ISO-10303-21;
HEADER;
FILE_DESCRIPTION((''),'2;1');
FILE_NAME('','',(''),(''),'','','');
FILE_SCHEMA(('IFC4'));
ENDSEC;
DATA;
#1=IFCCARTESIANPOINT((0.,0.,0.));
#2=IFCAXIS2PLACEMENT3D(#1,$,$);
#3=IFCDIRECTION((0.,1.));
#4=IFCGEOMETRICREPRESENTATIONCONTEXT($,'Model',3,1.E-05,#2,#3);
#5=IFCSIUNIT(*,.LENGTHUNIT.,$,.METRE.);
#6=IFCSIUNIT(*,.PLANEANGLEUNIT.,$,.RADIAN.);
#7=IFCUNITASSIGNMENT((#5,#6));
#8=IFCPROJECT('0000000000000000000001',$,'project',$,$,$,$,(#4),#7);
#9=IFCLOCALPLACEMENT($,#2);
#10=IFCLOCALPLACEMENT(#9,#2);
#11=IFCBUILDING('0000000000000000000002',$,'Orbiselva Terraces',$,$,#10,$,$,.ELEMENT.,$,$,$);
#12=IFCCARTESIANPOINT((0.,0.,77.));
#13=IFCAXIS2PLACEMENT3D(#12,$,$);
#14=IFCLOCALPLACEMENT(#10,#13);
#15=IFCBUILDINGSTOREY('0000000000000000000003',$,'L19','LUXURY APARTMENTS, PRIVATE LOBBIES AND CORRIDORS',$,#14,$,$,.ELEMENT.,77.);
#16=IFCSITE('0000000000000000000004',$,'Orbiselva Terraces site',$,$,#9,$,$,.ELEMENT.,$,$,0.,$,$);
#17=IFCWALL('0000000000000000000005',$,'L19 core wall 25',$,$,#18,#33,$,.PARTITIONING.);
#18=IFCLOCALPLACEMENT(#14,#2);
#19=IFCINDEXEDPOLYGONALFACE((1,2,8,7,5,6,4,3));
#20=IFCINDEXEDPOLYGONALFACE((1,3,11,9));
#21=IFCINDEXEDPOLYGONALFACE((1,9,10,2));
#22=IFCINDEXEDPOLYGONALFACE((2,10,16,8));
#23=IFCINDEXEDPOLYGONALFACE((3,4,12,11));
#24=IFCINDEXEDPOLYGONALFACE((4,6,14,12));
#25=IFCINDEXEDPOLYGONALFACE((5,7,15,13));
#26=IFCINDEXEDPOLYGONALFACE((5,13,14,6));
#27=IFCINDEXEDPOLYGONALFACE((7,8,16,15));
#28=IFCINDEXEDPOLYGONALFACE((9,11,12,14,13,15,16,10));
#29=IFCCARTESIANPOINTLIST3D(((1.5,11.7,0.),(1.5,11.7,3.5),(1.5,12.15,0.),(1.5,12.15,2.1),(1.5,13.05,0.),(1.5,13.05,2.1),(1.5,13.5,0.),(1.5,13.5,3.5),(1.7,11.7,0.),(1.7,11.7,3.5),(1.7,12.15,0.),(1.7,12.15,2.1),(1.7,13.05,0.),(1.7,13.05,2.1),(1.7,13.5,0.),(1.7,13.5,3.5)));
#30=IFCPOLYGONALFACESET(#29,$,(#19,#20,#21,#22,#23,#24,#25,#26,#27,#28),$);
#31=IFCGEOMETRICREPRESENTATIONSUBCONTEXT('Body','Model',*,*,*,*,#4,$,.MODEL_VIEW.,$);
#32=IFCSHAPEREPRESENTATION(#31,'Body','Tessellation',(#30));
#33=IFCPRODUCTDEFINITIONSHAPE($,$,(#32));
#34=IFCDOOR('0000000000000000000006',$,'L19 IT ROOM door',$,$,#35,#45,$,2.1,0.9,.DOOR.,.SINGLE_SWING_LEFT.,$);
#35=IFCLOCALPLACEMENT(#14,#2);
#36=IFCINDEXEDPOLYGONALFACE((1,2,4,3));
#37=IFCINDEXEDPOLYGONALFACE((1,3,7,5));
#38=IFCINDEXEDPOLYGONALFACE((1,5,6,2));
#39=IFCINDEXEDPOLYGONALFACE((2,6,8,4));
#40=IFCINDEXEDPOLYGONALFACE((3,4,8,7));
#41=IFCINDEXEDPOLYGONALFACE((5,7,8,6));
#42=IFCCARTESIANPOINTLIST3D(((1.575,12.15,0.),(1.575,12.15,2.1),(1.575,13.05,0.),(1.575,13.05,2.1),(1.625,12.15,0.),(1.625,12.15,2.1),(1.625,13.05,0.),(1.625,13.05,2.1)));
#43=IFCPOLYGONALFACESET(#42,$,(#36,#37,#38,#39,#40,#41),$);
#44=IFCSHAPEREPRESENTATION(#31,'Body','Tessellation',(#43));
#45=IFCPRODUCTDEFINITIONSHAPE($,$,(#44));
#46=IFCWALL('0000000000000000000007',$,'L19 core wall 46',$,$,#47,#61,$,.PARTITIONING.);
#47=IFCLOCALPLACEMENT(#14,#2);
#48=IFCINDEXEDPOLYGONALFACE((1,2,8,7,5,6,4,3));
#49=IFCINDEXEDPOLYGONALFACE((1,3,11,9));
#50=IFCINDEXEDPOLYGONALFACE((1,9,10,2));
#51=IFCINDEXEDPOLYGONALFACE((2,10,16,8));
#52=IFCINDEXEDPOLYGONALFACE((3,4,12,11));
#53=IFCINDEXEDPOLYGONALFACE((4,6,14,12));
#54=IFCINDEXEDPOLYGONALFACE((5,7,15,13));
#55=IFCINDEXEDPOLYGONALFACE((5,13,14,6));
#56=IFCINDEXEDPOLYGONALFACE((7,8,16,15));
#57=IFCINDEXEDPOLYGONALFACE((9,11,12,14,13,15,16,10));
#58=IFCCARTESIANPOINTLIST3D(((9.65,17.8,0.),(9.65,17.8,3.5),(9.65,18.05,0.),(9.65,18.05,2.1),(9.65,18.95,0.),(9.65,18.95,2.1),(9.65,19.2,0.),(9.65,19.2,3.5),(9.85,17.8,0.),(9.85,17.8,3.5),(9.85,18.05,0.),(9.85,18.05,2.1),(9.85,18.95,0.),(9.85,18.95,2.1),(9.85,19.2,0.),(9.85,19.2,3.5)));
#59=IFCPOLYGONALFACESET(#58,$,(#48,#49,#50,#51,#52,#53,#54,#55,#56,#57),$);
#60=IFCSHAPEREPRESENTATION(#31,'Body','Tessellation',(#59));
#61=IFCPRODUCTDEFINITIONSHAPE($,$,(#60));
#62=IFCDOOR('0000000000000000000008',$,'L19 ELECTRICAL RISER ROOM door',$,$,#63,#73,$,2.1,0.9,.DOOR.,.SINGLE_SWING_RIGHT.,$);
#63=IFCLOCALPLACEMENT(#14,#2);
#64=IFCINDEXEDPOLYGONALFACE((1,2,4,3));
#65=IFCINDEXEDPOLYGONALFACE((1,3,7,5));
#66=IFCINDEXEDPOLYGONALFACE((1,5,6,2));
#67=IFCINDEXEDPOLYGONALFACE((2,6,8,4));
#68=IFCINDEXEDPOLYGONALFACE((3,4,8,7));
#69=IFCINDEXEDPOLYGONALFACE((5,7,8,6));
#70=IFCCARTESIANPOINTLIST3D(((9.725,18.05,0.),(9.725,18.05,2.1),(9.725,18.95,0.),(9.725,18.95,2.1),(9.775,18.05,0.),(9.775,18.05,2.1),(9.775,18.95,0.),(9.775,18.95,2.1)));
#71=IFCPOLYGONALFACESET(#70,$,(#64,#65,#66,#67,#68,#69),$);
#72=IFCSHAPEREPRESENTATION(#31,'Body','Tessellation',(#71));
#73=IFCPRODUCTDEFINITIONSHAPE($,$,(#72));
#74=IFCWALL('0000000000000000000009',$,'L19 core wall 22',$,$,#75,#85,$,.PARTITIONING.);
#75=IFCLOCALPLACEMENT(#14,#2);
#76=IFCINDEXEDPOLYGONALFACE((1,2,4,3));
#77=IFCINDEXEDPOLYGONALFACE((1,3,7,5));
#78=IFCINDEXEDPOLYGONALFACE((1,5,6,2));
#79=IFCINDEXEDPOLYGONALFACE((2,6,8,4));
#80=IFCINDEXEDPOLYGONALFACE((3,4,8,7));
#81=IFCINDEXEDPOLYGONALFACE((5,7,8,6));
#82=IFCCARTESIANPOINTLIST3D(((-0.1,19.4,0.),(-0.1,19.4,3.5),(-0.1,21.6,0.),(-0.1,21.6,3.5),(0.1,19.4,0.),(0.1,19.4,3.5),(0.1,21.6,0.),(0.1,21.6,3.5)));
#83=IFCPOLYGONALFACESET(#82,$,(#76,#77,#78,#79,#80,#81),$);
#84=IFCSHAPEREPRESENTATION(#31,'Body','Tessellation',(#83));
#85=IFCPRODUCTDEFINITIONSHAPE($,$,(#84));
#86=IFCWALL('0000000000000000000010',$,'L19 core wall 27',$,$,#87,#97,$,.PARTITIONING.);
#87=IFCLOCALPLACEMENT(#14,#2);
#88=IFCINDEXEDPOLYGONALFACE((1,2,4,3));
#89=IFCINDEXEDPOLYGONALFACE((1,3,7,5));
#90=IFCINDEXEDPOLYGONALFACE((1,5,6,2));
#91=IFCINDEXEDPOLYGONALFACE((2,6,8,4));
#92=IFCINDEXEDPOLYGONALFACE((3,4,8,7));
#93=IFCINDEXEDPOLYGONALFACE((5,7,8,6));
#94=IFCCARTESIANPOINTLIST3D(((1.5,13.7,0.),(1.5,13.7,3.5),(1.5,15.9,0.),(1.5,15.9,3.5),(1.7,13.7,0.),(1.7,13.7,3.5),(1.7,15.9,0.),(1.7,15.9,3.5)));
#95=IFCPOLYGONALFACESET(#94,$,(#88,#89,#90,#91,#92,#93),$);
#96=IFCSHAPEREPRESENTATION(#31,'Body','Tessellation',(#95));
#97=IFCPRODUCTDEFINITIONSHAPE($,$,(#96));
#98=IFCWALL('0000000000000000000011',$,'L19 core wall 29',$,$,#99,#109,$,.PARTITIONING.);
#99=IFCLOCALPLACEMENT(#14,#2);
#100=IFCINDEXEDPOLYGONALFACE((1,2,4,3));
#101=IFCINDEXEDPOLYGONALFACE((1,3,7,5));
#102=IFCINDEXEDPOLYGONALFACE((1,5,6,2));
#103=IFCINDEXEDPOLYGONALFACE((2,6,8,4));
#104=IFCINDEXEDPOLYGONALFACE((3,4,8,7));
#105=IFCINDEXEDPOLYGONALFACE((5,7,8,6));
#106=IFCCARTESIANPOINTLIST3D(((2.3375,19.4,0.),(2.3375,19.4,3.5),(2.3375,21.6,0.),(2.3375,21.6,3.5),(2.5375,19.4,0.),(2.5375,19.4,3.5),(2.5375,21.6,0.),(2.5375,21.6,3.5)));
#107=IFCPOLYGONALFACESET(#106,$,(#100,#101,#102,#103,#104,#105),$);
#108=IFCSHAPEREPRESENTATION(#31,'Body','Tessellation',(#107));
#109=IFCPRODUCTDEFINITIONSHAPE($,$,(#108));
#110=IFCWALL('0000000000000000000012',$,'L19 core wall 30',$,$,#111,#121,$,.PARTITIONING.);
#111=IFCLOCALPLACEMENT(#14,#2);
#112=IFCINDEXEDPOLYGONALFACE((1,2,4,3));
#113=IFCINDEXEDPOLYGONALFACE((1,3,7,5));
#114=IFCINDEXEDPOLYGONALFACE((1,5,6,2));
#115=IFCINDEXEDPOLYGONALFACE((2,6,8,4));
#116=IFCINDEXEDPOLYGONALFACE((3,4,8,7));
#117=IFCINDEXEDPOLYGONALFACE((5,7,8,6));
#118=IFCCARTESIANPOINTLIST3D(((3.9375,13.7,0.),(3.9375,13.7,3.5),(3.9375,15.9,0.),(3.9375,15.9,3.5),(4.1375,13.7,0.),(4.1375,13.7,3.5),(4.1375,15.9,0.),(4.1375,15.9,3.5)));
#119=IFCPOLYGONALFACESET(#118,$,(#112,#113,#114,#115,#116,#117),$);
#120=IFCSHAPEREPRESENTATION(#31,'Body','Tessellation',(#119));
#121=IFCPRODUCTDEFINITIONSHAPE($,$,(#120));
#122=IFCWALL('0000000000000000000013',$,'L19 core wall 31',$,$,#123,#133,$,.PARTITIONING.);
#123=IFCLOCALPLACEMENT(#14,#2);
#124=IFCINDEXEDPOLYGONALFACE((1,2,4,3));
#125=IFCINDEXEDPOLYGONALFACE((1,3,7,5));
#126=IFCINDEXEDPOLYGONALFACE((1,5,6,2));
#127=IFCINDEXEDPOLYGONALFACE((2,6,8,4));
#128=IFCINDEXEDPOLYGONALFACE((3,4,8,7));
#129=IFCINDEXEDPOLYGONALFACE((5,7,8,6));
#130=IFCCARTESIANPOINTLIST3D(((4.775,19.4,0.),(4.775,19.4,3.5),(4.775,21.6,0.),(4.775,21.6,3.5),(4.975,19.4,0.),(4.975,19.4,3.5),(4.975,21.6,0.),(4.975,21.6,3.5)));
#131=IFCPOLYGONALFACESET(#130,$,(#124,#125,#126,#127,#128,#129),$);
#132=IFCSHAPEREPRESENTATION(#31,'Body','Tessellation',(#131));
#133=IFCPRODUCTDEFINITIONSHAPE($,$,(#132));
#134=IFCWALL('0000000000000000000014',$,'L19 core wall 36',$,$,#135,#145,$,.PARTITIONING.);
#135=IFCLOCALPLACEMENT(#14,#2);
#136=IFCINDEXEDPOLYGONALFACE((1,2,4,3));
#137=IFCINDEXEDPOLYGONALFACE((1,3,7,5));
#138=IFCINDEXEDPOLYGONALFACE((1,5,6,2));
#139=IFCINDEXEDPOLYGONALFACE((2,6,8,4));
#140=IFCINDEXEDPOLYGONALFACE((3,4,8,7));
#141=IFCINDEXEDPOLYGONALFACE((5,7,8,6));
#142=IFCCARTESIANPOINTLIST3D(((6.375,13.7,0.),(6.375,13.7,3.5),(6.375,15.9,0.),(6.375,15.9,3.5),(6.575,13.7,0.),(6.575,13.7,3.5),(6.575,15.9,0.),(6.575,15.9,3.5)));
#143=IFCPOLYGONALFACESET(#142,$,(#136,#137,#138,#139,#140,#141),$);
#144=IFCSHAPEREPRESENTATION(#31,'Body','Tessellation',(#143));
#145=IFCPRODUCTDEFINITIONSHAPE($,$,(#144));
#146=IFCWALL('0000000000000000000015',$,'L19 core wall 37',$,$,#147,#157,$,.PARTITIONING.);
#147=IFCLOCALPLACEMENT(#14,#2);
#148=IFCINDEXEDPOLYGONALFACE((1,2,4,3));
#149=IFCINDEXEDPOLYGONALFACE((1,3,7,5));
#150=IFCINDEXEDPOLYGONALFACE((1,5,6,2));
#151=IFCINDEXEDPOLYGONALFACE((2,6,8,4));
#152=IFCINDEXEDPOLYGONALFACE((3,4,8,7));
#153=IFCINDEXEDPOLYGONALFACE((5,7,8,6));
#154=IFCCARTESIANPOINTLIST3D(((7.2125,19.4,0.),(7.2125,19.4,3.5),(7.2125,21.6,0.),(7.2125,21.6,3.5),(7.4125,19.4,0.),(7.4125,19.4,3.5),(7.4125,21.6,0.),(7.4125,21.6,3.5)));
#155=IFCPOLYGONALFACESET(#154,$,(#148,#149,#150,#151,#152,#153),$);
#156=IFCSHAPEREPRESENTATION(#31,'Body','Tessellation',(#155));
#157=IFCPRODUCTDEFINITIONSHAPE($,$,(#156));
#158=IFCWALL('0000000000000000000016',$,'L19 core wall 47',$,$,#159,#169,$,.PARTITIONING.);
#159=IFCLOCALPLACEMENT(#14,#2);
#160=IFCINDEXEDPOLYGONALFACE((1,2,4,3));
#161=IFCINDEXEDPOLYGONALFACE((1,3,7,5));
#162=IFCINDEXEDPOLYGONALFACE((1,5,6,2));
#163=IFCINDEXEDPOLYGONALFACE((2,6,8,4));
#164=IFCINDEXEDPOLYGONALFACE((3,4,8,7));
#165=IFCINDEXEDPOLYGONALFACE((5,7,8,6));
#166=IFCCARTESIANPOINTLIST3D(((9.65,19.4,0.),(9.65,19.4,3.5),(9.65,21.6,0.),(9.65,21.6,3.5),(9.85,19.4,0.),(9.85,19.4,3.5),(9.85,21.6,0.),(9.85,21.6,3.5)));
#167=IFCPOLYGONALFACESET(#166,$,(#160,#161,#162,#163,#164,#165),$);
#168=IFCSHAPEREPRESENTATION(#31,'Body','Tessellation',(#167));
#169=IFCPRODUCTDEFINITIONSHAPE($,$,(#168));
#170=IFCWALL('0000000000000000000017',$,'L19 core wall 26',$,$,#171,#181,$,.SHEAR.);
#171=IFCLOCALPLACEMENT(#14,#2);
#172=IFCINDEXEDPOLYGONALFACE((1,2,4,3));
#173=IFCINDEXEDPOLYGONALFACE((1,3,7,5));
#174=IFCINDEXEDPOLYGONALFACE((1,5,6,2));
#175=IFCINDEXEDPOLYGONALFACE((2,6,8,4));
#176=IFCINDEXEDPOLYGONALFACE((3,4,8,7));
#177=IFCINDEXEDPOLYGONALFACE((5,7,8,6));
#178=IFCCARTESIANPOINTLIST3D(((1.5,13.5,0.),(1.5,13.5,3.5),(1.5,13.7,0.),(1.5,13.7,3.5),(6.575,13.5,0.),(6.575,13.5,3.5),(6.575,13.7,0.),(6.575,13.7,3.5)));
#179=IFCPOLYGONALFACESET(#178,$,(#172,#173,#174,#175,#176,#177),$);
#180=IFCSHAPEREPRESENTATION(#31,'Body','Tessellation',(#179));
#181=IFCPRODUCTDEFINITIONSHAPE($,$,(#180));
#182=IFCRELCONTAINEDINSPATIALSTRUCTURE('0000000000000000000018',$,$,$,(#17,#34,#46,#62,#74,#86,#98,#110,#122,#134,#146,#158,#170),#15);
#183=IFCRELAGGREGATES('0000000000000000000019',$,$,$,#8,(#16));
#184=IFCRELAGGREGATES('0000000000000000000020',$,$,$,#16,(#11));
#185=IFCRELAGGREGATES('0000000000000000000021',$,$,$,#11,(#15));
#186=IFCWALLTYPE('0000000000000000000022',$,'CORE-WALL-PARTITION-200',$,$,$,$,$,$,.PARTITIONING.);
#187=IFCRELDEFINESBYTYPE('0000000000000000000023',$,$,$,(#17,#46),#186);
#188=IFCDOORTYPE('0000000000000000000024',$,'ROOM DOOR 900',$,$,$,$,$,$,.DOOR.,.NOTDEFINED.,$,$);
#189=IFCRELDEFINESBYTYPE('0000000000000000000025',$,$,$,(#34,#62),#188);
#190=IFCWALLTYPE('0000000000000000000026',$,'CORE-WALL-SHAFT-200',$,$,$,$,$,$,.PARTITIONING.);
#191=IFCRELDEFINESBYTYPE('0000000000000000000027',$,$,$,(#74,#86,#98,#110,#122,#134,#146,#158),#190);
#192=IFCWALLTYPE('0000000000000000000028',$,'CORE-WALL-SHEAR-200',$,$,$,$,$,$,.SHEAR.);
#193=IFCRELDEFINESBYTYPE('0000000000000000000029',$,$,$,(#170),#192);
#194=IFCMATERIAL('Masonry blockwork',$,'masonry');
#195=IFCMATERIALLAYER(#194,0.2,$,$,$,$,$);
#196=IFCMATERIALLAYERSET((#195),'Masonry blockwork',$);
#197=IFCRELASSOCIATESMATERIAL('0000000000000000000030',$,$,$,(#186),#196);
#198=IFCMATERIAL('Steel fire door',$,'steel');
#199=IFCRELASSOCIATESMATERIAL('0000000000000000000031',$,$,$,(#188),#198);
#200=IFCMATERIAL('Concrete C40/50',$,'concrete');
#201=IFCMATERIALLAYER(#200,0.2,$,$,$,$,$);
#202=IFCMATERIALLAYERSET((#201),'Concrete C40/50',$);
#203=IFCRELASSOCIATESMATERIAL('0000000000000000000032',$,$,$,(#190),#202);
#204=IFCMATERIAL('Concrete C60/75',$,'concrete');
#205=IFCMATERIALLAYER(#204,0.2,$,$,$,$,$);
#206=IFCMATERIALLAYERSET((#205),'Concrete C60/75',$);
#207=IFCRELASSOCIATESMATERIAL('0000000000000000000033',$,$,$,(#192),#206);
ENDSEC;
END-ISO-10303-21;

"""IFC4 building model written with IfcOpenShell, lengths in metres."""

from ifc_helpers import new_model, si_unit, direction, frame, frame_2d, origin, place, context, subcontext, project, spatial, rectangle, extrude, material, layer, layer_set, type_object, element, fill, save


model = new_model("IFC4")

# Units and contexts
model_context = context("Model", 3, precision=1e-05, world=origin(), true_north=direction((0.0, 1.0)))
body_context = subcontext(model_context, "Body", "Model", "MODEL_VIEW")
ifc_project = project(units=[si_unit("LENGTHUNIT", "METRE"), si_unit("PLANEANGLEUNIT", "RADIAN")], contexts=[model_context])

# Site, building, storey
site_placement = place(None, origin())
site = spatial("IfcSite", under=ifc_project, at=site_placement, Name="Orbiselva Terraces site", CompositionType="ELEMENT", RefElevation=0.0)
building_placement = place(site_placement, origin())
building = spatial("IfcBuilding", under=site, at=building_placement, Name="Orbiselva Terraces", CompositionType="ELEMENT")
storey_placement = place(building_placement, frame((0.0, 0.0, 77.0)))
storey = spatial("IfcBuildingStorey", under=building, at=storey_placement, Name="L19", Description="LUXURY APARTMENTS, PRIVATE LOBBIES AND CORRIDORS", CompositionType="ELEMENT", Elevation=77.0)

# Walls, openings, doors
ifc_material_1 = material(Name="Masonry blockwork", Category="masonry")
ifc_layer_1 = layer(ifc_material_1, 0.2)
ifc_layer_set_1 = layer_set([ifc_layer_1], Name="Masonry blockwork")
wall_type_1 = type_object("IfcWallType", Name="CORE-WALL-PARTITION-200", PredefinedType="PARTITIONING", material=ifc_layer_set_1)
wall_1_placement = place(storey_placement, frame((1.6, 13.5, 0.0), z_axis=(0.0, 0.0, 1.0), x_axis=(0.0, -1.0, 0.0)))
wall_1 = element("IfcWall", 1, at=wall_1_placement, inside=storey, type_object=wall_type_1, Name="L19 core wall 25", PredefinedType="PARTITIONING", context=body_context, shape_type="SweptSolid", body=[
    extrude(rectangle(XDim=1.8, YDim=0.2, at=frame_2d((0.9, 0.0))), origin(), (0.0, 0.0, 1.0), 3.5),
])
opening_1_placement = place(wall_1_placement, frame((0.45, 0.0, 0.0)))
opening_1 = element("IfcOpeningElement", 2, at=opening_1_placement, cuts=wall_1, PredefinedType="OPENING", context=body_context, shape_type="SweptSolid", body=[
    extrude(rectangle(XDim=0.9, YDim=2.1, at=frame_2d((0.45, 1.05))), frame((0.0, 0.11, 0.0), z_axis=(0.0, -1.0, 0.0), x_axis=(1.0, 0.0, 0.0)), (0.0, 0.0, 1.0), 0.22),
])
ifc_material_2 = material(Name="Steel fire door", Category="steel")
door_type = type_object("IfcDoorType", Name="ROOM DOOR 900", OperationType="NOTDEFINED", PredefinedType="DOOR", material=ifc_material_2)
door_1_placement = place(opening_1_placement, origin())
door_1 = element("IfcDoor", 3, at=door_1_placement, inside=storey, type_object=door_type, Name="L19 IT ROOM door", OperationType="SINGLE_SWING_LEFT", OverallHeight=2.1, OverallWidth=0.9, PredefinedType="DOOR", context=body_context, shape_type="SweptSolid", body=[
    extrude(rectangle(XDim=0.9, YDim=2.1, at=frame_2d((0.45, 1.05))), frame((0.0, 0.025, 0.0), z_axis=(0.0, -1.0, 0.0), x_axis=(1.0, 0.0, 0.0)), (0.0, 0.0, 1.0), 0.05),
])
fill(opening_1, door_1)
wall_2_placement = place(storey_placement, frame((9.75, 19.2, 0.0), z_axis=(0.0, 0.0, 1.0), x_axis=(0.0, -1.0, 0.0)))
wall_2 = element("IfcWall", 4, at=wall_2_placement, inside=storey, type_object=wall_type_1, Name="L19 core wall 46", PredefinedType="PARTITIONING", context=body_context, shape_type="SweptSolid", body=[
    extrude(rectangle(XDim=1.4, YDim=0.2, at=frame_2d((0.7, 0.0))), origin(), (0.0, 0.0, 1.0), 3.5),
])
opening_2_placement = place(wall_2_placement, frame((0.25, 0.0, 0.0)))
opening_2 = element("IfcOpeningElement", 5, at=opening_2_placement, cuts=wall_2, PredefinedType="OPENING", context=body_context, shape_type="SweptSolid", body=[
    extrude(rectangle(XDim=0.9, YDim=2.1, at=frame_2d((0.45, 1.05))), frame((0.0, 0.11, 0.0), z_axis=(0.0, -1.0, 0.0), x_axis=(1.0, 0.0, 0.0)), (0.0, 0.0, 1.0), 0.22),
])
door_2_placement = place(opening_2_placement, origin())
door_2 = element("IfcDoor", 6, at=door_2_placement, inside=storey, type_object=door_type, Name="L19 ELECTRICAL RISER ROOM door", OperationType="SINGLE_SWING_RIGHT", OverallHeight=2.1, OverallWidth=0.9, PredefinedType="DOOR", context=body_context, shape_type="SweptSolid", body=[
    extrude(rectangle(XDim=0.9, YDim=2.1, at=frame_2d((0.45, 1.05))), frame((0.0, 0.025, 0.0), z_axis=(0.0, -1.0, 0.0), x_axis=(1.0, 0.0, 0.0)), (0.0, 0.0, 1.0), 0.05),
])
fill(opening_2, door_2)

# Walls
ifc_material_3 = material(Name="Concrete C40/50", Category="concrete")
ifc_layer_2 = layer(ifc_material_3, 0.2)
ifc_layer_set_2 = layer_set([ifc_layer_2], Name="Concrete C40/50")
wall_type_2 = type_object("IfcWallType", Name="CORE-WALL-SHAFT-200", PredefinedType="PARTITIONING", material=ifc_layer_set_2)
for number, where, z_axis, x_axis, name in (
    (7, (0.0, 19.4, 0.0), (0.0, 0.0, 1.0), (0.0, 1.0, 0.0), "L19 core wall 22"),
    (8, (1.6, 13.7, 0.0), (0.0, 0.0, 1.0), (0.0, 1.0, 0.0), "L19 core wall 27"),
    (9, (2.4375, 19.4, 0.0), (0.0, 0.0, 1.0), (0.0, 1.0, 0.0), "L19 core wall 29"),
    (10, (4.0375, 13.7, 0.0), (0.0, 0.0, 1.0), (0.0, 1.0, 0.0), "L19 core wall 30"),
    (11, (4.875, 19.4, 0.0), (0.0, 0.0, 1.0), (0.0, 1.0, 0.0), "L19 core wall 31"),
    (12, (6.475, 13.7, 0.0), (0.0, 0.0, 1.0), (0.0, 1.0, 0.0), "L19 core wall 36"),
    (13, (7.3125, 19.4, 0.0), (0.0, 0.0, 1.0), (0.0, 1.0, 0.0), "L19 core wall 37"),
    (14, (9.75, 19.4, 0.0), (0.0, 0.0, 1.0), (0.0, 1.0, 0.0), "L19 core wall 47"),
):
    element("IfcWall", number, at=place(storey_placement, frame(where, z_axis=z_axis, x_axis=x_axis)), inside=storey, type_object=wall_type_2, Name=name, PredefinedType="PARTITIONING", context=body_context, shape_type="SweptSolid", body=[
        extrude(rectangle(XDim=2.2, YDim=0.2, at=frame_2d((1.1, 0.0))), origin(), (0.0, 0.0, 1.0), 3.5),
    ])
ifc_material_4 = material(Name="Concrete C60/75", Category="concrete")
ifc_layer_3 = layer(ifc_material_4, 0.2)
ifc_layer_set_3 = layer_set([ifc_layer_3], Name="Concrete C60/75")
wall_type_3 = type_object("IfcWallType", Name="CORE-WALL-SHEAR-200", PredefinedType="SHEAR", material=ifc_layer_set_3)
wall_3_placement = place(storey_placement, frame((1.5, 13.6, 0.0), z_axis=(0.0, 0.0, 1.0), x_axis=(1.0, 0.0, 0.0)))
element("IfcWall", 15, at=wall_3_placement, inside=storey, type_object=wall_type_3, Name="L19 core wall 26", PredefinedType="SHEAR", context=body_context, shape_type="SweptSolid", body=[
    extrude(rectangle(XDim=5.075, YDim=0.2, at=frame_2d((2.5375, 0.0))), origin(), (0.0, 0.0, 1.0), 3.5),
])

save(model, "model.ifc")
